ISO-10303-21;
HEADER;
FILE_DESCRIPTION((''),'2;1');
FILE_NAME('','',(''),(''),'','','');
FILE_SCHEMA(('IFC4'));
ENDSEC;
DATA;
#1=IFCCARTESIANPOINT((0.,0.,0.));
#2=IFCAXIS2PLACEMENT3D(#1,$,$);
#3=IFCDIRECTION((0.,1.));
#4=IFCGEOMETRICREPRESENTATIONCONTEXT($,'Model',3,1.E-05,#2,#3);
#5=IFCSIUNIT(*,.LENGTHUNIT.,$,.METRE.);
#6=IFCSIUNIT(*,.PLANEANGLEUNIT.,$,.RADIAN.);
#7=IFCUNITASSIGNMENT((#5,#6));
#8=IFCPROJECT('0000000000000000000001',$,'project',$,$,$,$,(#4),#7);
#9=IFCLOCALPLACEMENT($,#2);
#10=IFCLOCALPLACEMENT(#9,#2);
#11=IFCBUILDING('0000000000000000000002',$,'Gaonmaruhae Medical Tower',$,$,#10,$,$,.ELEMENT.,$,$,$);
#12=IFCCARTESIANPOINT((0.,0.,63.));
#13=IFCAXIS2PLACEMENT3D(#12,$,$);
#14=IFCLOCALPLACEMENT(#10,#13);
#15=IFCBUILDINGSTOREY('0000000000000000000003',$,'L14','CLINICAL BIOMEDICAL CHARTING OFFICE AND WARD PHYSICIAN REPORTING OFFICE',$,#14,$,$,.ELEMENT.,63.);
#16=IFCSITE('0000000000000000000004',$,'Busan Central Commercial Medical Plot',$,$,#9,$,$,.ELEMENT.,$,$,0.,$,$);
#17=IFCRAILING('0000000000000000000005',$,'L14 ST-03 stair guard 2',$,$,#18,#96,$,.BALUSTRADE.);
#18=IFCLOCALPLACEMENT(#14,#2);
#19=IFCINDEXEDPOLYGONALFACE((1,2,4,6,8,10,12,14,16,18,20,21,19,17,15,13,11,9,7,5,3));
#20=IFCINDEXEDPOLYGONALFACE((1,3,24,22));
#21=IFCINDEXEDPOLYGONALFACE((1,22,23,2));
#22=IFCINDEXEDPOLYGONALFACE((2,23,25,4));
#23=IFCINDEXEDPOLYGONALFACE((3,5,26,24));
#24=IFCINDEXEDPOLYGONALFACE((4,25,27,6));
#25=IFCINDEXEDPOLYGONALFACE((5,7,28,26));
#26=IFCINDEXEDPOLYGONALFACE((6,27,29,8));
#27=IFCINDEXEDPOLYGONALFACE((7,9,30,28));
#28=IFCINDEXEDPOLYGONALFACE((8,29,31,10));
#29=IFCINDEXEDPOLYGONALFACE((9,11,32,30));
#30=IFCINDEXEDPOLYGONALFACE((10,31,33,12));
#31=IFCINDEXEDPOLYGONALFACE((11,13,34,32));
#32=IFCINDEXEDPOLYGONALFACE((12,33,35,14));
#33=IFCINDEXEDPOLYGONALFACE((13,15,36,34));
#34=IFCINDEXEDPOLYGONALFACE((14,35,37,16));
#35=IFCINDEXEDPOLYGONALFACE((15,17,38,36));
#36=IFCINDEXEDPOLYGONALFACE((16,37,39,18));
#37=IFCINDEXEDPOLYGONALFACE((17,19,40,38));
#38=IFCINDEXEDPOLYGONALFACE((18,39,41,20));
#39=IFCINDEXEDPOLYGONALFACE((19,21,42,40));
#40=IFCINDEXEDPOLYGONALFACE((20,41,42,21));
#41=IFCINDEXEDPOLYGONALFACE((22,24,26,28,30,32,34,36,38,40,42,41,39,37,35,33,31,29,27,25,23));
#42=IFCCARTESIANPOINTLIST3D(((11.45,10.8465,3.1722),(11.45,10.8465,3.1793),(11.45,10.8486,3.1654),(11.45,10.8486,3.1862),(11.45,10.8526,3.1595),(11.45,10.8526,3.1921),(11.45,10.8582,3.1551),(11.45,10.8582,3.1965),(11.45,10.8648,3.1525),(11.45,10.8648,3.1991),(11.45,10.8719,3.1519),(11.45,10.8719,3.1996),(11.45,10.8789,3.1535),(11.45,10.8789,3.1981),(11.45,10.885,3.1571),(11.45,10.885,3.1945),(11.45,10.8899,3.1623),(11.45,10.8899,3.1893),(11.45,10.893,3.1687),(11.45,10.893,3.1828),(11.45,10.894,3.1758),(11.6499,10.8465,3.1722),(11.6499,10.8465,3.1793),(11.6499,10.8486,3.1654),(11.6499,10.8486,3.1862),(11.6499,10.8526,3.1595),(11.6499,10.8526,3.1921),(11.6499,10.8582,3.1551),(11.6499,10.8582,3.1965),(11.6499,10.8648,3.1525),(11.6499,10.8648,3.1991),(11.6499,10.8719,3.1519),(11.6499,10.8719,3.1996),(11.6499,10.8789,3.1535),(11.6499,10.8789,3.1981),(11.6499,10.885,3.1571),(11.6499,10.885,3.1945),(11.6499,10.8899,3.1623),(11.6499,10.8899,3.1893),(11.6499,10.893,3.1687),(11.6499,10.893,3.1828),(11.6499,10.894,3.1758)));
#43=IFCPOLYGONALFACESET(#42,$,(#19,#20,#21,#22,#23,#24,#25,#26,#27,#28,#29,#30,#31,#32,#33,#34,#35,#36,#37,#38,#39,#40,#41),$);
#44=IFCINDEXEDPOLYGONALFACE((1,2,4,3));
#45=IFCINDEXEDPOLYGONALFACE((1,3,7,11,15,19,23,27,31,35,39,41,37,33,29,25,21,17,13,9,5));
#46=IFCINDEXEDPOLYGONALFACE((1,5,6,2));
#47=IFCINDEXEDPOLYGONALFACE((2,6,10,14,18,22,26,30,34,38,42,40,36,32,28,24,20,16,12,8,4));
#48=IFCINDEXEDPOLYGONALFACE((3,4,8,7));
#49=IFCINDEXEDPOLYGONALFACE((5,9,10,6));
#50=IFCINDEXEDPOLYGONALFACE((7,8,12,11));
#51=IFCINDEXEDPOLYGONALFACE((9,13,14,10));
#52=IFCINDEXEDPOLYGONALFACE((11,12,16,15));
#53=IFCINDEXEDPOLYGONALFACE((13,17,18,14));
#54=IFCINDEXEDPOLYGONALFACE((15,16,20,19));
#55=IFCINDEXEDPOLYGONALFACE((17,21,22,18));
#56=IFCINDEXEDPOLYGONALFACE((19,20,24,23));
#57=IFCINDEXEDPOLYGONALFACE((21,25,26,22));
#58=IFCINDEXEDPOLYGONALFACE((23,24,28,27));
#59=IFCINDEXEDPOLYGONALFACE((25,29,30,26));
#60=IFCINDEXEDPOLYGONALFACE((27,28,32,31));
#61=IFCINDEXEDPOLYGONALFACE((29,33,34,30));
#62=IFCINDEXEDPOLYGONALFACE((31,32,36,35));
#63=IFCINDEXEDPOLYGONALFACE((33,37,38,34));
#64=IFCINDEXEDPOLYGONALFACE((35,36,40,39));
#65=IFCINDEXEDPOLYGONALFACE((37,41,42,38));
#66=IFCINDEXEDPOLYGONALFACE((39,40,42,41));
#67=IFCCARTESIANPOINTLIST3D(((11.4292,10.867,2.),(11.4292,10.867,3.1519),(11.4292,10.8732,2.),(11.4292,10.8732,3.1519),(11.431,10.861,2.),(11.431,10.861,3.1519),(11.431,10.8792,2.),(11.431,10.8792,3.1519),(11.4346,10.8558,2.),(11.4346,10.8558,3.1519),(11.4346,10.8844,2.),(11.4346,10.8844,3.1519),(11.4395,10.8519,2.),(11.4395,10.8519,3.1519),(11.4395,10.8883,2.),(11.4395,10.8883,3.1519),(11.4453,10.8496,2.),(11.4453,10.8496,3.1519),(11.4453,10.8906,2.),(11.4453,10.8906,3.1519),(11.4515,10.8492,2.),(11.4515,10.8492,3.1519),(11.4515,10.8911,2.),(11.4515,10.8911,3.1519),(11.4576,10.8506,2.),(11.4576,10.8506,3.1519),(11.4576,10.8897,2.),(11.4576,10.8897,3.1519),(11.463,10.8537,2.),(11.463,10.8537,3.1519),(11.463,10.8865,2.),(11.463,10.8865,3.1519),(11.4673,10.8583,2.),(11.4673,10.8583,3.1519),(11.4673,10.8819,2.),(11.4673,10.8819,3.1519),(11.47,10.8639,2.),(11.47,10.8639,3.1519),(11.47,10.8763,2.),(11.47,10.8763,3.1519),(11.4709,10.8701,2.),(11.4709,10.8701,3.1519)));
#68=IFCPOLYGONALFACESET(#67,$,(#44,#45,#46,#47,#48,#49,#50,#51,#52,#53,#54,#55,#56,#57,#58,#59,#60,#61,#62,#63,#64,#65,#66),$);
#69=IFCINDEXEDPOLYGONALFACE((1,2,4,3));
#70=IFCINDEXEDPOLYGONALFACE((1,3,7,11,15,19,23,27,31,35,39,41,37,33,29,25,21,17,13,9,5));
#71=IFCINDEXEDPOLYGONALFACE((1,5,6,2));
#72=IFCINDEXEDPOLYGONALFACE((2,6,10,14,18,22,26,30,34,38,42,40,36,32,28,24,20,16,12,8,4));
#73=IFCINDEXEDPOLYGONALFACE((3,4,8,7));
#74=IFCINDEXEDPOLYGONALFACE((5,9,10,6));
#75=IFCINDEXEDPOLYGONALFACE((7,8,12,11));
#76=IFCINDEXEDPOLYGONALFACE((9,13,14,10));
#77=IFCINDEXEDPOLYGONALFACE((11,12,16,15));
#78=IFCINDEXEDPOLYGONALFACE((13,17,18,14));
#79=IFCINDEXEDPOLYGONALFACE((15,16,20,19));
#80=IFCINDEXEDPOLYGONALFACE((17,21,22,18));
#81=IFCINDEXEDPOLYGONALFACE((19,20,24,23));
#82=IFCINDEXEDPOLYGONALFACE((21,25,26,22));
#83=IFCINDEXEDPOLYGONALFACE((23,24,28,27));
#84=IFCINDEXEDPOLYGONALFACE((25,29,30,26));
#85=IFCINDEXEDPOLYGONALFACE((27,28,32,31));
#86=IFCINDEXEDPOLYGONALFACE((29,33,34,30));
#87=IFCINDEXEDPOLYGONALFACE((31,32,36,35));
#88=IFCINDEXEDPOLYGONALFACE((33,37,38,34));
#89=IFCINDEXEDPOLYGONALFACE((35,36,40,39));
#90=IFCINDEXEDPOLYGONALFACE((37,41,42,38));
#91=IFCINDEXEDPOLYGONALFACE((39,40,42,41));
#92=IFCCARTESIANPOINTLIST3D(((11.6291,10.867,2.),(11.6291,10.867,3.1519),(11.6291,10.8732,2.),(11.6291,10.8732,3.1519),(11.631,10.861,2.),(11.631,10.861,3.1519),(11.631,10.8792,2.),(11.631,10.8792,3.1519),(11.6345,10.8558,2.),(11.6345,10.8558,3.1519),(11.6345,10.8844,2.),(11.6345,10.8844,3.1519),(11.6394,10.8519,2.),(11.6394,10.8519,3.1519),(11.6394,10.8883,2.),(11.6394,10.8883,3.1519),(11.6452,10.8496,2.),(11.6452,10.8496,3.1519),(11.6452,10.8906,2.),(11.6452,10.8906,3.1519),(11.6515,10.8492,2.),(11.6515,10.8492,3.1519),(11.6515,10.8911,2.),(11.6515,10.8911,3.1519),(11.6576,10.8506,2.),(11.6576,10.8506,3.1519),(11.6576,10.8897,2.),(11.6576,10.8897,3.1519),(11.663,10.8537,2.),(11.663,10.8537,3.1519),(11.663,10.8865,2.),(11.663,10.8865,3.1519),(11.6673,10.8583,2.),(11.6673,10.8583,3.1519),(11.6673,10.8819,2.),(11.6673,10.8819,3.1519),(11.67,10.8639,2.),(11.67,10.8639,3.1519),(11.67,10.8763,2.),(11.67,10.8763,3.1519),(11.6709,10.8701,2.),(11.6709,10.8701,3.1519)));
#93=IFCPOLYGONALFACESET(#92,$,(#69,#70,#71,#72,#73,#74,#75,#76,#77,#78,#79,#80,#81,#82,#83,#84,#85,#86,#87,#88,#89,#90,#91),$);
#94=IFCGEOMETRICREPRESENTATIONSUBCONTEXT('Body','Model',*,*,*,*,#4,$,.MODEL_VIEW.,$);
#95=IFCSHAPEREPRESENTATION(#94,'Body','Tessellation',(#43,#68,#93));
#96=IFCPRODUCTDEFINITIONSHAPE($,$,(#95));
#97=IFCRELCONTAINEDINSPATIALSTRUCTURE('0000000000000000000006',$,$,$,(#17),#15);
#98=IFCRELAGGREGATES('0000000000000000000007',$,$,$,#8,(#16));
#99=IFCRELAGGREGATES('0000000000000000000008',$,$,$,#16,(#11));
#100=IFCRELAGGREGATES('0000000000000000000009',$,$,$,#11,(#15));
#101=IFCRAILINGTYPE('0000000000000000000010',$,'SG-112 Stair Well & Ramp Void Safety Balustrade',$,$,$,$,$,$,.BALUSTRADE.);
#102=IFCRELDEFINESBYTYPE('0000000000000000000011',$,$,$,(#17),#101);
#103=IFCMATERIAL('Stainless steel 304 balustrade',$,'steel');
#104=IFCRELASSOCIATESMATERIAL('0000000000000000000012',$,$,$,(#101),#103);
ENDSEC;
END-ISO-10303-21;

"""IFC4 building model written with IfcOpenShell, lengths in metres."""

from ifc_helpers import new_model, si_unit, direction, frame, origin, origin_2d, place, context, subcontext, project, spatial, circle, extrude, material, type_object, element, save


model = new_model("IFC4")

# Units and contexts
model_context = context("Model", 3, precision=1e-05, world=origin(), true_north=direction((0.0, 1.0)))
body_context = subcontext(model_context, "Body", "Model", "MODEL_VIEW")
ifc_project = project(units=[si_unit("LENGTHUNIT", "METRE"), si_unit("PLANEANGLEUNIT", "RADIAN")], contexts=[model_context])

# Site, building, storey
site_placement = place(None, origin())
site = spatial("IfcSite", under=ifc_project, at=site_placement, Name="Busan Central Commercial Medical Plot", CompositionType="ELEMENT", RefElevation=0.0)
building_placement = place(site_placement, origin())
building = spatial("IfcBuilding", under=site, at=building_placement, Name="Gaonmaruhae Medical Tower", CompositionType="ELEMENT")
storey_placement = place(building_placement, frame((0.0, 0.0, 63.0)))
storey = spatial("IfcBuildingStorey", under=building, at=storey_placement, Name="L14", Description="CLINICAL BIOMEDICAL CHARTING OFFICE AND WARD PHYSICIAN REPORTING OFFICE", CompositionType="ELEMENT", Elevation=63.0)

# Railing
ifc_material_1 = material(Name="Stainless steel 304 balustrade", Category="steel")
railing_type_1 = type_object("IfcRailingType", Name="SG-112 Stair Well & Ramp Void Safety Balustrade", PredefinedType="BALUSTRADE", material=ifc_material_1)
railing_1_placement = place(storey_placement, frame((11.45, 10.8701, 2.0)))
element("IfcRailing", 1, at=railing_1_placement, inside=storey, type_object=railing_type_1, Name="L14 ST-03 stair guard 2", PredefinedType="BALUSTRADE", context=body_context, shape_type="SweptSolid", body=[
    extrude(circle(Radius=0.0239, at=origin_2d()), frame((0.0, 0.0, 1.1758), z_axis=(1.0, 0.0, 0.0), x_axis=(0.0, 1.0, 0.0)), (0.0, 0.0, 1.0), 0.2),
    extrude(circle(Radius=0.021, at=origin_2d()), origin(), (0.0, 0.0, 1.0), 1.1519),
    extrude(circle(Radius=0.021, at=origin_2d()), frame((0.2, 0.0, 0.0)), (0.0, 0.0, 1.0), 1.1519),
])

save(model, "model.ifc")
